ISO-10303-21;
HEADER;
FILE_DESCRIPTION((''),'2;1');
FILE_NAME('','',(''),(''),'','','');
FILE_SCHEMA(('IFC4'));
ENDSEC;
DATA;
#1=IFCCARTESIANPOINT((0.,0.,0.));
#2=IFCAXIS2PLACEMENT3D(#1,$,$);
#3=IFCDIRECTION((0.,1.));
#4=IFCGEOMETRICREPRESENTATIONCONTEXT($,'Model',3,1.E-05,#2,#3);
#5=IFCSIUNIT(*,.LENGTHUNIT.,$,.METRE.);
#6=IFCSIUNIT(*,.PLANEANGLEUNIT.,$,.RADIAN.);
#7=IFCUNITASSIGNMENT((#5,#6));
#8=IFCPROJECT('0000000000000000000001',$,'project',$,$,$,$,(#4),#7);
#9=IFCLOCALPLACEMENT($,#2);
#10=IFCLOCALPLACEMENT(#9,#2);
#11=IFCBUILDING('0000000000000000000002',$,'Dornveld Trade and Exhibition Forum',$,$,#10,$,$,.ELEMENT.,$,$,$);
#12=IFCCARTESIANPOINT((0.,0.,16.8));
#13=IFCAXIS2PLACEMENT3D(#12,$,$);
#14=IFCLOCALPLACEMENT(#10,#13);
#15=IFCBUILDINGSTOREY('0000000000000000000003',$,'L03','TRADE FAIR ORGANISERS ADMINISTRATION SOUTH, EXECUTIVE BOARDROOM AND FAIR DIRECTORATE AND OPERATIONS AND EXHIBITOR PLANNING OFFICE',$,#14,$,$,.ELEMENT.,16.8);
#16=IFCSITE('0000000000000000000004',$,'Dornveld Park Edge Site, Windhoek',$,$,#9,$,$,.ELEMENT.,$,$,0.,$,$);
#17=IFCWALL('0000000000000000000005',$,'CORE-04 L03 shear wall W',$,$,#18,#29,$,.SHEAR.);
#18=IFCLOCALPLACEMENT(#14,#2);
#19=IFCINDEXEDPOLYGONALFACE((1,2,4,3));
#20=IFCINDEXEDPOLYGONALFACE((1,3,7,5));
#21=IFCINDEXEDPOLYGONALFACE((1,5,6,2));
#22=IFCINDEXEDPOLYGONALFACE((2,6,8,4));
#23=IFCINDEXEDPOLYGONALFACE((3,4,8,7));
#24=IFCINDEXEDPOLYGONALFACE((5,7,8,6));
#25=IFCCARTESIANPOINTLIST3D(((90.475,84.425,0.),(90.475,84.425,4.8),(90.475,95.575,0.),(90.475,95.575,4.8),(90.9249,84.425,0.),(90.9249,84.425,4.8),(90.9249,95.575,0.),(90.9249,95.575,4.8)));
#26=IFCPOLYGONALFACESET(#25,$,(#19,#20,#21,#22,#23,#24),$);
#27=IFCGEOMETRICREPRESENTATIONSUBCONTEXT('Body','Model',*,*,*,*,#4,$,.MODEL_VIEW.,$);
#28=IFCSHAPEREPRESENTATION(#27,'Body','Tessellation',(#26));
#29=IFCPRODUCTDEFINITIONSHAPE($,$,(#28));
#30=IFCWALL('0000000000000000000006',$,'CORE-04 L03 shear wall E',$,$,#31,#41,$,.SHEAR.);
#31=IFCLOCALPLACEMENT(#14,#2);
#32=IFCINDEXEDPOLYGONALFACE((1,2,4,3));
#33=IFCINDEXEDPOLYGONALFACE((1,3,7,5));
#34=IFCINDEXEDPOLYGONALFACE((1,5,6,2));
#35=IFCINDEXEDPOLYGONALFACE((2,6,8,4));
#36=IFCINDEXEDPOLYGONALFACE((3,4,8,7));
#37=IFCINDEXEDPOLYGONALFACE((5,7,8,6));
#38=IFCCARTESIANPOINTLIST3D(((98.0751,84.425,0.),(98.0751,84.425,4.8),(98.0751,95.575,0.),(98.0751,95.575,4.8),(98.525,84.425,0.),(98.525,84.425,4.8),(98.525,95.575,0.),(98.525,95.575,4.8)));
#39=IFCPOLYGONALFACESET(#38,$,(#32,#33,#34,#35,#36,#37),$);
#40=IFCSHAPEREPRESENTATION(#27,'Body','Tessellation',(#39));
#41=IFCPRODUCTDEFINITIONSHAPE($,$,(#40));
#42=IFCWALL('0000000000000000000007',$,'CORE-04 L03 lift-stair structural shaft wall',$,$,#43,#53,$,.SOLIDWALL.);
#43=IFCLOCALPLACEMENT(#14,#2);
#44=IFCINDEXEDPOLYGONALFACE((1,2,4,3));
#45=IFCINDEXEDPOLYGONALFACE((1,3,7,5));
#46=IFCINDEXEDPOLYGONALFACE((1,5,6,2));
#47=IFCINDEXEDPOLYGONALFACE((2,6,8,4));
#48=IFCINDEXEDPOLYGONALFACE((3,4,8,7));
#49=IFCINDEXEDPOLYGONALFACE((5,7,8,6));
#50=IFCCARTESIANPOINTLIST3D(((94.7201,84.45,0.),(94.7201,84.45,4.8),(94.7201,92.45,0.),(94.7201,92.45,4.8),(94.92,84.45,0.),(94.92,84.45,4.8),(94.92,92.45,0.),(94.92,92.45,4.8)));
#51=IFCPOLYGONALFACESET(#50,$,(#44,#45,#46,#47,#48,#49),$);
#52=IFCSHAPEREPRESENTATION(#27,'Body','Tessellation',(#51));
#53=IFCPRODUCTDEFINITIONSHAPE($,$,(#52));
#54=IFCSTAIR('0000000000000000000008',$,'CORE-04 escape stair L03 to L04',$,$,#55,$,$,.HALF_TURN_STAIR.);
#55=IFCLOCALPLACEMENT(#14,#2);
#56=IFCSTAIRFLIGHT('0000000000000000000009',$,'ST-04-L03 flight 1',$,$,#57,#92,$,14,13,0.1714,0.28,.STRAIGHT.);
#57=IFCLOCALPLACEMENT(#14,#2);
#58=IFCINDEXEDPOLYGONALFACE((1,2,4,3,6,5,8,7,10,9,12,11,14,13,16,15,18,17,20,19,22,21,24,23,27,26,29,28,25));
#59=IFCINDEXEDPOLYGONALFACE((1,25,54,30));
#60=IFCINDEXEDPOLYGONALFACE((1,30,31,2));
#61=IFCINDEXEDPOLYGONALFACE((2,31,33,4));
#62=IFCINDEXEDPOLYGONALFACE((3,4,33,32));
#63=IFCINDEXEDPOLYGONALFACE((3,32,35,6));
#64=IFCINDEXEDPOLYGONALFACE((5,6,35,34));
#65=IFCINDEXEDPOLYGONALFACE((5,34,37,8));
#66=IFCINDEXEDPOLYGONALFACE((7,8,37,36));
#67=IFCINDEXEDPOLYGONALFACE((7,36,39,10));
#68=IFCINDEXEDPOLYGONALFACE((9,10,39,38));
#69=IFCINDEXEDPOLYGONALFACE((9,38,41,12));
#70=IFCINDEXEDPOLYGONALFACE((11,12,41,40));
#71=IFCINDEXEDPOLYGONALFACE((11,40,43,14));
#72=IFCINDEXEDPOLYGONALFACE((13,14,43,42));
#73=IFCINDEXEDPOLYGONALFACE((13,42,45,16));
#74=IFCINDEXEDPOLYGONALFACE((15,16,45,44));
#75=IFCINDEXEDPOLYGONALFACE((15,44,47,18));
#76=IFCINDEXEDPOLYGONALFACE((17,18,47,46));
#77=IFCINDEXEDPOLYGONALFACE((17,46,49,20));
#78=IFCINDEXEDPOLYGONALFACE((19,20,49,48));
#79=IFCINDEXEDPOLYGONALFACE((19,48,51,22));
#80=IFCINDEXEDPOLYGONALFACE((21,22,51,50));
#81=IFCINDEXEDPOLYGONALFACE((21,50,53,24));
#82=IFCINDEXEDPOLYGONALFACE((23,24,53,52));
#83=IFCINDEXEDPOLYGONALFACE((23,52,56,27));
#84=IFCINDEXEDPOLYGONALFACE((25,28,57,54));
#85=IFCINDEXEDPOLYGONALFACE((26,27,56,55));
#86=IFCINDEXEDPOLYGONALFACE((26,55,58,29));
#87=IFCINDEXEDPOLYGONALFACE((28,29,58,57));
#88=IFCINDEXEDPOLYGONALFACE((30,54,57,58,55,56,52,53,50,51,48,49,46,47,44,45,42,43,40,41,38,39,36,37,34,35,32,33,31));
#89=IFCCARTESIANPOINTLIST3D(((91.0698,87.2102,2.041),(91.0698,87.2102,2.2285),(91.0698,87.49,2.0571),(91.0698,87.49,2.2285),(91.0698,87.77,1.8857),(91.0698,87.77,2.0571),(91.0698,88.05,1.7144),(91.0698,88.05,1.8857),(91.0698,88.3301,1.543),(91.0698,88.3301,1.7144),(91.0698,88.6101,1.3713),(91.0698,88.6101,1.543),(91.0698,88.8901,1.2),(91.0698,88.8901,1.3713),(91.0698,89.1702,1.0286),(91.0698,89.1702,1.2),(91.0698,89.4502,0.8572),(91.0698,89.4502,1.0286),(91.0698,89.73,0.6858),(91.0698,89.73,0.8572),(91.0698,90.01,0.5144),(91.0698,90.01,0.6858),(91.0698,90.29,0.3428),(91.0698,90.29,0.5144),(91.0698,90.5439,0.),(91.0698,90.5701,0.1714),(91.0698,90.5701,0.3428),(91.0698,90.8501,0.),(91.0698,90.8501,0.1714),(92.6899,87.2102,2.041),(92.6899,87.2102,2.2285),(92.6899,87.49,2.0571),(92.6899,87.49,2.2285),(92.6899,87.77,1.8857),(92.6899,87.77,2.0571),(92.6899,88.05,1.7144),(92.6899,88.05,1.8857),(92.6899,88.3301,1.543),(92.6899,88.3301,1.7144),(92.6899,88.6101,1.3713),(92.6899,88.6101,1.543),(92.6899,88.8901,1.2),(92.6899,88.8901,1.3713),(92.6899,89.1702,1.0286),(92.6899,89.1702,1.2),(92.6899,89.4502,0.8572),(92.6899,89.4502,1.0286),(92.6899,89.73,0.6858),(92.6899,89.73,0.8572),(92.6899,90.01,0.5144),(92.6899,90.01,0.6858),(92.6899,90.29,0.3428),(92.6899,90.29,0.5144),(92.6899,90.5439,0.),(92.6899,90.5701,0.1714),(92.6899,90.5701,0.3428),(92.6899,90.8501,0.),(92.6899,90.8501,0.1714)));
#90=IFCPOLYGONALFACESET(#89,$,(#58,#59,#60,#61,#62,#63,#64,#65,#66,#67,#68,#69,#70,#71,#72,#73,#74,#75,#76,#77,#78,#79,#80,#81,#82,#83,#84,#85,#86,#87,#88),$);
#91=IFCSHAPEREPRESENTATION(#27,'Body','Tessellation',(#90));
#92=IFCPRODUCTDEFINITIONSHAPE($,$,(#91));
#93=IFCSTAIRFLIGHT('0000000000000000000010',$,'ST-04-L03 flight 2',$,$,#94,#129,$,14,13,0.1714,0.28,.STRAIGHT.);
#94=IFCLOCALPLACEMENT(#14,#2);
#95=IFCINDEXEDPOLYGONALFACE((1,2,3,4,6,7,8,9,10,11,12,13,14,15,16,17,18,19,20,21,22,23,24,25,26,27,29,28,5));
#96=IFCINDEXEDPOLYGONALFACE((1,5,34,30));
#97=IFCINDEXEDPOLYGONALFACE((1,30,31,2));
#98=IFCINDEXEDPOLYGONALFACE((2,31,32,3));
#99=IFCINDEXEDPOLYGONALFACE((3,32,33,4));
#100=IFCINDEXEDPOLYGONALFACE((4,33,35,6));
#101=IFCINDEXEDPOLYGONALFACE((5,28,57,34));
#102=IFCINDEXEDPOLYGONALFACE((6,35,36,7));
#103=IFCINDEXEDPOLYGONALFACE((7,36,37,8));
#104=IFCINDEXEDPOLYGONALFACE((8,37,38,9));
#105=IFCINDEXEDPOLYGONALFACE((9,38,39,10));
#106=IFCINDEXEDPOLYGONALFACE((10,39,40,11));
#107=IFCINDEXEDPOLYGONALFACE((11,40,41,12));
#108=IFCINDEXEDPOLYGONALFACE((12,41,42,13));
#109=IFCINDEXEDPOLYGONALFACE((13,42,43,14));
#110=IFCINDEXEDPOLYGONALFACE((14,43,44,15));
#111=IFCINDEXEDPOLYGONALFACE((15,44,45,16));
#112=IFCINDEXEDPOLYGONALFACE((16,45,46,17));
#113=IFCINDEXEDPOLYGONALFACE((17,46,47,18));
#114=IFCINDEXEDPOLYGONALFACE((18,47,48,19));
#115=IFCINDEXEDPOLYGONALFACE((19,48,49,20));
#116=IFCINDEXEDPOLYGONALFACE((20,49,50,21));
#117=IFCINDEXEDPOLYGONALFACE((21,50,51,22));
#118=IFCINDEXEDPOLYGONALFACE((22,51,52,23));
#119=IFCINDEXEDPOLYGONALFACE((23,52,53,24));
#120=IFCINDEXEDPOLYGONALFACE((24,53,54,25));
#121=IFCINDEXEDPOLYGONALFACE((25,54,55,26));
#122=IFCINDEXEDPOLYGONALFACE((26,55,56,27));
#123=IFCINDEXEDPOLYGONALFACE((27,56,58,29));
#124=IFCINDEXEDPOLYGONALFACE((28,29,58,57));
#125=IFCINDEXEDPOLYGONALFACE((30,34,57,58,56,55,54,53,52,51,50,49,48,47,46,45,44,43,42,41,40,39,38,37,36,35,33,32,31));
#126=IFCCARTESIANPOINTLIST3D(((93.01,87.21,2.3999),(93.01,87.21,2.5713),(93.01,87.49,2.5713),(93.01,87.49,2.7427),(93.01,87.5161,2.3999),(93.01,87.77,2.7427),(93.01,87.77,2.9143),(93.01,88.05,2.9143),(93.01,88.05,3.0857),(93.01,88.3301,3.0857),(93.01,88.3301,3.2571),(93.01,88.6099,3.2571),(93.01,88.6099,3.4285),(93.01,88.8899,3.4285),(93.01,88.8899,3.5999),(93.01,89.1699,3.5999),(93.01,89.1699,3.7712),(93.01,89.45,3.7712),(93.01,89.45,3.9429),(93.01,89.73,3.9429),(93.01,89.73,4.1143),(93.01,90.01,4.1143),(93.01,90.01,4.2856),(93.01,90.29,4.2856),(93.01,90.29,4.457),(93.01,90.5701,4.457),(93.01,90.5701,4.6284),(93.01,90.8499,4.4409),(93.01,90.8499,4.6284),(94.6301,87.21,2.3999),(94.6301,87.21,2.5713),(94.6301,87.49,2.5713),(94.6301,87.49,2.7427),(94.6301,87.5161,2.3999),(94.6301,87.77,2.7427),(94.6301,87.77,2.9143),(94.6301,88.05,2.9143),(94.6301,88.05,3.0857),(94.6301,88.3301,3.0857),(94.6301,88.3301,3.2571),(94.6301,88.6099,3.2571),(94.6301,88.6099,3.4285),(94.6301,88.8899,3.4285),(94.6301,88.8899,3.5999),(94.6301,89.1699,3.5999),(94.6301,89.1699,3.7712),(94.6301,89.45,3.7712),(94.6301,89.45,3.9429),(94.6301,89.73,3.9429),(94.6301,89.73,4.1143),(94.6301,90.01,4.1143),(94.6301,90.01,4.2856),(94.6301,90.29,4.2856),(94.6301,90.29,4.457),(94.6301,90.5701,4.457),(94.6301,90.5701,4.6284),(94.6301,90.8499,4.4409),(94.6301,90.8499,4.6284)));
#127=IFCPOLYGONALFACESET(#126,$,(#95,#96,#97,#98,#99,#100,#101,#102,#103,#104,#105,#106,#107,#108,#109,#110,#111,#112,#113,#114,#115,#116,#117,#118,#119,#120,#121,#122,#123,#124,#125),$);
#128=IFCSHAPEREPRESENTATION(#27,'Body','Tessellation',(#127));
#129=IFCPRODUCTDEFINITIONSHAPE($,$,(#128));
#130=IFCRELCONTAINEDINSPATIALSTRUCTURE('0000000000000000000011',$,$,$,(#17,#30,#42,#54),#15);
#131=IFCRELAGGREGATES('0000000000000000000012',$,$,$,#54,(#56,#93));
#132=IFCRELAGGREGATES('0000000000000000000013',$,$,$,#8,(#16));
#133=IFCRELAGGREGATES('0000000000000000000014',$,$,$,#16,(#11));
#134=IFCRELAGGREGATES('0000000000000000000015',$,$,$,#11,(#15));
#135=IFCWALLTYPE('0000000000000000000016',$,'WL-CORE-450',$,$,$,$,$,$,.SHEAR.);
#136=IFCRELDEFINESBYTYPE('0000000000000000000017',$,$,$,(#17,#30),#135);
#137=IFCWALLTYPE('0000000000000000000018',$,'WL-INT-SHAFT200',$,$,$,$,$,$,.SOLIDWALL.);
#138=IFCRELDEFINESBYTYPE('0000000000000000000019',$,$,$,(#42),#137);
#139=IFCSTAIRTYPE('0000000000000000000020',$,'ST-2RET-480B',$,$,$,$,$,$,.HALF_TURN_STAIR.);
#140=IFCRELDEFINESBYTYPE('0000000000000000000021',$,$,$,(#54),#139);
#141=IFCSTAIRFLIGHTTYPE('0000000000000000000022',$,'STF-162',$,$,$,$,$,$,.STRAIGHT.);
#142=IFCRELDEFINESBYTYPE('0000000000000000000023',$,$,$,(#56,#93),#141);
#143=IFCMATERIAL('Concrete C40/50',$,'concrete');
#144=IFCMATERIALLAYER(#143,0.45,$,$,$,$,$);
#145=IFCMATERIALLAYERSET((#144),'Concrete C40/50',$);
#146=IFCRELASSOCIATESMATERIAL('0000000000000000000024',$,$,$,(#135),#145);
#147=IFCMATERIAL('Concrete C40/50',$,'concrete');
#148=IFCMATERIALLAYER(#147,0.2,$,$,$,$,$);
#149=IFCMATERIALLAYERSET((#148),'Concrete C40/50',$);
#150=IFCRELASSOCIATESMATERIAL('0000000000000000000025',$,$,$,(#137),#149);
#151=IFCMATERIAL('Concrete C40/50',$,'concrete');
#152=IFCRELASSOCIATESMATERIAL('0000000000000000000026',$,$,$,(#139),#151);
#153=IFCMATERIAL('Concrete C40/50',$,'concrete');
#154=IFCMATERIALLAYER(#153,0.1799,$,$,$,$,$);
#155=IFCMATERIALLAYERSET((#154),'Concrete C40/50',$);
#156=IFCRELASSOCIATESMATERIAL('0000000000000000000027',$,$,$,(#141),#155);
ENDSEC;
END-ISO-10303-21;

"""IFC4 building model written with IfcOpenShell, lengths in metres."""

from ifc_helpers import new_model, si_unit, direction, frame, frame_2d, origin, place, context, subcontext, project, spatial, polyline, rectangle, outline, extrude, material, layer, layer_set, type_object, element, aggregate, save


model = new_model("IFC4")

# Units and contexts
model_context = context("Model", 3, precision=1e-05, world=origin(), true_north=direction((0.0, 1.0)))
body_context = subcontext(model_context, "Body", "Model", "MODEL_VIEW")
ifc_project = project(units=[si_unit("LENGTHUNIT", "METRE"), si_unit("PLANEANGLEUNIT", "RADIAN")], contexts=[model_context])

# Site, building, storey
site_placement = place(None, origin())
site = spatial("IfcSite", under=ifc_project, at=site_placement, Name="Dornveld Park Edge Site, Windhoek", CompositionType="ELEMENT", RefElevation=0.0)
building_placement = place(site_placement, origin())
building = spatial("IfcBuilding", under=site, at=building_placement, Name="Dornveld Trade and Exhibition Forum", CompositionType="ELEMENT")
storey_placement = place(building_placement, frame((0.0, 0.0, 16.8)))
storey = spatial("IfcBuildingStorey", under=building, at=storey_placement, Name="L03", Description="TRADE FAIR ORGANISERS ADMINISTRATION SOUTH, EXECUTIVE BOARDROOM AND FAIR DIRECTORATE AND OPERATIONS AND EXHIBITOR PLANNING OFFICE", CompositionType="ELEMENT", Elevation=16.8)

# Walls
ifc_material_1 = material(Name="Concrete C40/50", Category="concrete")
ifc_layer_1 = layer(ifc_material_1, 0.45)
ifc_layer_set_1 = layer_set([ifc_layer_1], Name="Concrete C40/50")
wall_type_1 = type_object("IfcWallType", Name="WL-CORE-450", PredefinedType="SHEAR", material=ifc_layer_set_1)
for number, where, z_axis, x_axis, name in (
    (1, (90.7, 84.425, 0.0), (0.0, 0.0, 1.0), (0.0, 1.0, 0.0), "CORE-04 L03 shear wall W"),
    (2, (98.3, 84.425, 0.0), (0.0, 0.0, 1.0), (0.0, 1.0, 0.0), "CORE-04 L03 shear wall E"),
):
    element("IfcWall", number, at=place(storey_placement, frame(where, z_axis=z_axis, x_axis=x_axis)), inside=storey, type_object=wall_type_1, Name=name, PredefinedType="SHEAR", context=body_context, shape_type="SweptSolid", body=[
        extrude(rectangle(XDim=11.1499, YDim=0.45, at=frame_2d((5.575, 0.0))), origin(), (0.0, 0.0, 1.0), 4.8),
    ])
ifc_material_2 = material(Name="Concrete C40/50", Category="concrete")
ifc_layer_2 = layer(ifc_material_2, 0.2)
ifc_layer_set_2 = layer_set([ifc_layer_2], Name="Concrete C40/50")
wall_type_2 = type_object("IfcWallType", Name="WL-INT-SHAFT200", PredefinedType="SOLIDWALL", material=ifc_layer_set_2)
wall_1_placement = place(storey_placement, frame((94.8201, 84.45, 0.0), z_axis=(0.0, 0.0, 1.0), x_axis=(0.0, 1.0, 0.0)))
element("IfcWall", 3, at=wall_1_placement, inside=storey, type_object=wall_type_2, Name="CORE-04 L03 lift-stair structural shaft wall", PredefinedType="SOLIDWALL", context=body_context, shape_type="SweptSolid", body=[
    extrude(rectangle(XDim=8.0, YDim=0.2, at=frame_2d((4.0, 0.0))), origin(), (0.0, 0.0, 1.0), 4.8),
])

# Stair, stair flights
ifc_material_3 = material(Name="Concrete C40/50", Category="concrete")
stair_type = type_object("IfcStairType", Name="ST-2RET-480B", PredefinedType="HALF_TURN_STAIR", material=ifc_material_3)
stair_placement = place(storey_placement, origin())
stair = element("IfcStair", 4, at=stair_placement, inside=storey, type_object=stair_type, Name="CORE-04 escape stair L03 to L04", PredefinedType="HALF_TURN_STAIR")
ifc_material_4 = material(Name="Concrete C40/50", Category="concrete")
ifc_layer_3 = layer(ifc_material_4, 0.1799)
ifc_layer_set_3 = layer_set([ifc_layer_3], Name="Concrete C40/50")
stair_flight_type = type_object("IfcStairFlightType", Name="STF-162", PredefinedType="STRAIGHT", material=ifc_layer_set_3)
stair_flight_1_placement = place(storey_placement, frame((91.8799, 90.8501, 0.0), z_axis=(0.0, 0.0, 1.0), x_axis=(0.0, -1.0, 0.0)))
stair_flight_1 = element("IfcStairFlight", 5, at=stair_flight_1_placement, type_object=stair_flight_type, Name="ST-04-L03 flight 1", NumberOfRisers=14, NumberOfTreads=13, PredefinedType="STRAIGHT", RiserHeight=0.1714, TreadLength=0.28, context=body_context, shape_type="SweptSolid", body=[
    extrude(outline(polyline([(0.0, 0.0), (0.0, 0.1714), (0.28, 0.1714), (0.28, 0.3428), (0.5601, 0.3428), (0.5601, 0.5144), (0.8401, 0.5144), (0.8401, 0.6858), (1.1201, 0.6858), (1.1201, 0.8572), (1.3999, 0.8572), (1.3999, 1.0286), (1.6799, 1.0286), (1.6799, 1.2), (1.96, 1.2), (1.96, 1.3713), (2.24, 1.3713), (2.24, 1.543), (2.52, 1.543), (2.52, 1.7144), (2.8, 1.7144), (2.8, 1.8857), (3.0801, 1.8857), (3.0801, 2.0571), (3.3601, 2.0571), (3.3601, 2.2285), (3.6399, 2.2285), (3.6399, 2.3999), (3.6399, 2.041), (0.3062, 0.0), (0.0, 0.0)])), frame((0.0, 0.8101, 0.0), z_axis=(0.0, -1.0, 0.0), x_axis=(1.0, 0.0, 0.0)), (0.0, 0.0, 1.0), 1.6201),
])
stair_flight_2_placement = place(storey_placement, frame((93.8201, 87.21, 2.3999), z_axis=(0.0, 0.0, 1.0), x_axis=(0.0, 1.0, 0.0)))
stair_flight_2 = element("IfcStairFlight", 6, at=stair_flight_2_placement, type_object=stair_flight_type, Name="ST-04-L03 flight 2", NumberOfRisers=14, NumberOfTreads=13, PredefinedType="STRAIGHT", RiserHeight=0.1714, TreadLength=0.28, context=body_context, shape_type="SweptSolid", body=[
    extrude(outline(polyline([(0.0, 0.0), (0.0, 0.1714), (0.28, 0.1714), (0.28, 0.3428), (0.5601, 0.3428), (0.5601, 0.5144), (0.8401, 0.5144), (0.8401, 0.6858), (1.1201, 0.6858), (1.1201, 0.8572), (1.3999, 0.8572), (1.3999, 1.0286), (1.6799, 1.0286), (1.6799, 1.2), (1.96, 1.2), (1.96, 1.3713), (2.24, 1.3713), (2.24, 1.543), (2.52, 1.543), (2.52, 1.7144), (2.8, 1.7144), (2.8, 1.8857), (3.0801, 1.8857), (3.0801, 2.0571), (3.3601, 2.0571), (3.3601, 2.2285), (3.6399, 2.2285), (3.6399, 2.3999), (3.6399, 2.041), (0.3062, 0.0), (0.0, 0.0)])), frame((0.0, 0.8101, 0.0), z_axis=(0.0, -1.0, 0.0), x_axis=(1.0, 0.0, 0.0)), (0.0, 0.0, 1.0), 1.6201),
])
aggregate(stair, [stair_flight_1, stair_flight_2])

save(model, "model.ifc")
